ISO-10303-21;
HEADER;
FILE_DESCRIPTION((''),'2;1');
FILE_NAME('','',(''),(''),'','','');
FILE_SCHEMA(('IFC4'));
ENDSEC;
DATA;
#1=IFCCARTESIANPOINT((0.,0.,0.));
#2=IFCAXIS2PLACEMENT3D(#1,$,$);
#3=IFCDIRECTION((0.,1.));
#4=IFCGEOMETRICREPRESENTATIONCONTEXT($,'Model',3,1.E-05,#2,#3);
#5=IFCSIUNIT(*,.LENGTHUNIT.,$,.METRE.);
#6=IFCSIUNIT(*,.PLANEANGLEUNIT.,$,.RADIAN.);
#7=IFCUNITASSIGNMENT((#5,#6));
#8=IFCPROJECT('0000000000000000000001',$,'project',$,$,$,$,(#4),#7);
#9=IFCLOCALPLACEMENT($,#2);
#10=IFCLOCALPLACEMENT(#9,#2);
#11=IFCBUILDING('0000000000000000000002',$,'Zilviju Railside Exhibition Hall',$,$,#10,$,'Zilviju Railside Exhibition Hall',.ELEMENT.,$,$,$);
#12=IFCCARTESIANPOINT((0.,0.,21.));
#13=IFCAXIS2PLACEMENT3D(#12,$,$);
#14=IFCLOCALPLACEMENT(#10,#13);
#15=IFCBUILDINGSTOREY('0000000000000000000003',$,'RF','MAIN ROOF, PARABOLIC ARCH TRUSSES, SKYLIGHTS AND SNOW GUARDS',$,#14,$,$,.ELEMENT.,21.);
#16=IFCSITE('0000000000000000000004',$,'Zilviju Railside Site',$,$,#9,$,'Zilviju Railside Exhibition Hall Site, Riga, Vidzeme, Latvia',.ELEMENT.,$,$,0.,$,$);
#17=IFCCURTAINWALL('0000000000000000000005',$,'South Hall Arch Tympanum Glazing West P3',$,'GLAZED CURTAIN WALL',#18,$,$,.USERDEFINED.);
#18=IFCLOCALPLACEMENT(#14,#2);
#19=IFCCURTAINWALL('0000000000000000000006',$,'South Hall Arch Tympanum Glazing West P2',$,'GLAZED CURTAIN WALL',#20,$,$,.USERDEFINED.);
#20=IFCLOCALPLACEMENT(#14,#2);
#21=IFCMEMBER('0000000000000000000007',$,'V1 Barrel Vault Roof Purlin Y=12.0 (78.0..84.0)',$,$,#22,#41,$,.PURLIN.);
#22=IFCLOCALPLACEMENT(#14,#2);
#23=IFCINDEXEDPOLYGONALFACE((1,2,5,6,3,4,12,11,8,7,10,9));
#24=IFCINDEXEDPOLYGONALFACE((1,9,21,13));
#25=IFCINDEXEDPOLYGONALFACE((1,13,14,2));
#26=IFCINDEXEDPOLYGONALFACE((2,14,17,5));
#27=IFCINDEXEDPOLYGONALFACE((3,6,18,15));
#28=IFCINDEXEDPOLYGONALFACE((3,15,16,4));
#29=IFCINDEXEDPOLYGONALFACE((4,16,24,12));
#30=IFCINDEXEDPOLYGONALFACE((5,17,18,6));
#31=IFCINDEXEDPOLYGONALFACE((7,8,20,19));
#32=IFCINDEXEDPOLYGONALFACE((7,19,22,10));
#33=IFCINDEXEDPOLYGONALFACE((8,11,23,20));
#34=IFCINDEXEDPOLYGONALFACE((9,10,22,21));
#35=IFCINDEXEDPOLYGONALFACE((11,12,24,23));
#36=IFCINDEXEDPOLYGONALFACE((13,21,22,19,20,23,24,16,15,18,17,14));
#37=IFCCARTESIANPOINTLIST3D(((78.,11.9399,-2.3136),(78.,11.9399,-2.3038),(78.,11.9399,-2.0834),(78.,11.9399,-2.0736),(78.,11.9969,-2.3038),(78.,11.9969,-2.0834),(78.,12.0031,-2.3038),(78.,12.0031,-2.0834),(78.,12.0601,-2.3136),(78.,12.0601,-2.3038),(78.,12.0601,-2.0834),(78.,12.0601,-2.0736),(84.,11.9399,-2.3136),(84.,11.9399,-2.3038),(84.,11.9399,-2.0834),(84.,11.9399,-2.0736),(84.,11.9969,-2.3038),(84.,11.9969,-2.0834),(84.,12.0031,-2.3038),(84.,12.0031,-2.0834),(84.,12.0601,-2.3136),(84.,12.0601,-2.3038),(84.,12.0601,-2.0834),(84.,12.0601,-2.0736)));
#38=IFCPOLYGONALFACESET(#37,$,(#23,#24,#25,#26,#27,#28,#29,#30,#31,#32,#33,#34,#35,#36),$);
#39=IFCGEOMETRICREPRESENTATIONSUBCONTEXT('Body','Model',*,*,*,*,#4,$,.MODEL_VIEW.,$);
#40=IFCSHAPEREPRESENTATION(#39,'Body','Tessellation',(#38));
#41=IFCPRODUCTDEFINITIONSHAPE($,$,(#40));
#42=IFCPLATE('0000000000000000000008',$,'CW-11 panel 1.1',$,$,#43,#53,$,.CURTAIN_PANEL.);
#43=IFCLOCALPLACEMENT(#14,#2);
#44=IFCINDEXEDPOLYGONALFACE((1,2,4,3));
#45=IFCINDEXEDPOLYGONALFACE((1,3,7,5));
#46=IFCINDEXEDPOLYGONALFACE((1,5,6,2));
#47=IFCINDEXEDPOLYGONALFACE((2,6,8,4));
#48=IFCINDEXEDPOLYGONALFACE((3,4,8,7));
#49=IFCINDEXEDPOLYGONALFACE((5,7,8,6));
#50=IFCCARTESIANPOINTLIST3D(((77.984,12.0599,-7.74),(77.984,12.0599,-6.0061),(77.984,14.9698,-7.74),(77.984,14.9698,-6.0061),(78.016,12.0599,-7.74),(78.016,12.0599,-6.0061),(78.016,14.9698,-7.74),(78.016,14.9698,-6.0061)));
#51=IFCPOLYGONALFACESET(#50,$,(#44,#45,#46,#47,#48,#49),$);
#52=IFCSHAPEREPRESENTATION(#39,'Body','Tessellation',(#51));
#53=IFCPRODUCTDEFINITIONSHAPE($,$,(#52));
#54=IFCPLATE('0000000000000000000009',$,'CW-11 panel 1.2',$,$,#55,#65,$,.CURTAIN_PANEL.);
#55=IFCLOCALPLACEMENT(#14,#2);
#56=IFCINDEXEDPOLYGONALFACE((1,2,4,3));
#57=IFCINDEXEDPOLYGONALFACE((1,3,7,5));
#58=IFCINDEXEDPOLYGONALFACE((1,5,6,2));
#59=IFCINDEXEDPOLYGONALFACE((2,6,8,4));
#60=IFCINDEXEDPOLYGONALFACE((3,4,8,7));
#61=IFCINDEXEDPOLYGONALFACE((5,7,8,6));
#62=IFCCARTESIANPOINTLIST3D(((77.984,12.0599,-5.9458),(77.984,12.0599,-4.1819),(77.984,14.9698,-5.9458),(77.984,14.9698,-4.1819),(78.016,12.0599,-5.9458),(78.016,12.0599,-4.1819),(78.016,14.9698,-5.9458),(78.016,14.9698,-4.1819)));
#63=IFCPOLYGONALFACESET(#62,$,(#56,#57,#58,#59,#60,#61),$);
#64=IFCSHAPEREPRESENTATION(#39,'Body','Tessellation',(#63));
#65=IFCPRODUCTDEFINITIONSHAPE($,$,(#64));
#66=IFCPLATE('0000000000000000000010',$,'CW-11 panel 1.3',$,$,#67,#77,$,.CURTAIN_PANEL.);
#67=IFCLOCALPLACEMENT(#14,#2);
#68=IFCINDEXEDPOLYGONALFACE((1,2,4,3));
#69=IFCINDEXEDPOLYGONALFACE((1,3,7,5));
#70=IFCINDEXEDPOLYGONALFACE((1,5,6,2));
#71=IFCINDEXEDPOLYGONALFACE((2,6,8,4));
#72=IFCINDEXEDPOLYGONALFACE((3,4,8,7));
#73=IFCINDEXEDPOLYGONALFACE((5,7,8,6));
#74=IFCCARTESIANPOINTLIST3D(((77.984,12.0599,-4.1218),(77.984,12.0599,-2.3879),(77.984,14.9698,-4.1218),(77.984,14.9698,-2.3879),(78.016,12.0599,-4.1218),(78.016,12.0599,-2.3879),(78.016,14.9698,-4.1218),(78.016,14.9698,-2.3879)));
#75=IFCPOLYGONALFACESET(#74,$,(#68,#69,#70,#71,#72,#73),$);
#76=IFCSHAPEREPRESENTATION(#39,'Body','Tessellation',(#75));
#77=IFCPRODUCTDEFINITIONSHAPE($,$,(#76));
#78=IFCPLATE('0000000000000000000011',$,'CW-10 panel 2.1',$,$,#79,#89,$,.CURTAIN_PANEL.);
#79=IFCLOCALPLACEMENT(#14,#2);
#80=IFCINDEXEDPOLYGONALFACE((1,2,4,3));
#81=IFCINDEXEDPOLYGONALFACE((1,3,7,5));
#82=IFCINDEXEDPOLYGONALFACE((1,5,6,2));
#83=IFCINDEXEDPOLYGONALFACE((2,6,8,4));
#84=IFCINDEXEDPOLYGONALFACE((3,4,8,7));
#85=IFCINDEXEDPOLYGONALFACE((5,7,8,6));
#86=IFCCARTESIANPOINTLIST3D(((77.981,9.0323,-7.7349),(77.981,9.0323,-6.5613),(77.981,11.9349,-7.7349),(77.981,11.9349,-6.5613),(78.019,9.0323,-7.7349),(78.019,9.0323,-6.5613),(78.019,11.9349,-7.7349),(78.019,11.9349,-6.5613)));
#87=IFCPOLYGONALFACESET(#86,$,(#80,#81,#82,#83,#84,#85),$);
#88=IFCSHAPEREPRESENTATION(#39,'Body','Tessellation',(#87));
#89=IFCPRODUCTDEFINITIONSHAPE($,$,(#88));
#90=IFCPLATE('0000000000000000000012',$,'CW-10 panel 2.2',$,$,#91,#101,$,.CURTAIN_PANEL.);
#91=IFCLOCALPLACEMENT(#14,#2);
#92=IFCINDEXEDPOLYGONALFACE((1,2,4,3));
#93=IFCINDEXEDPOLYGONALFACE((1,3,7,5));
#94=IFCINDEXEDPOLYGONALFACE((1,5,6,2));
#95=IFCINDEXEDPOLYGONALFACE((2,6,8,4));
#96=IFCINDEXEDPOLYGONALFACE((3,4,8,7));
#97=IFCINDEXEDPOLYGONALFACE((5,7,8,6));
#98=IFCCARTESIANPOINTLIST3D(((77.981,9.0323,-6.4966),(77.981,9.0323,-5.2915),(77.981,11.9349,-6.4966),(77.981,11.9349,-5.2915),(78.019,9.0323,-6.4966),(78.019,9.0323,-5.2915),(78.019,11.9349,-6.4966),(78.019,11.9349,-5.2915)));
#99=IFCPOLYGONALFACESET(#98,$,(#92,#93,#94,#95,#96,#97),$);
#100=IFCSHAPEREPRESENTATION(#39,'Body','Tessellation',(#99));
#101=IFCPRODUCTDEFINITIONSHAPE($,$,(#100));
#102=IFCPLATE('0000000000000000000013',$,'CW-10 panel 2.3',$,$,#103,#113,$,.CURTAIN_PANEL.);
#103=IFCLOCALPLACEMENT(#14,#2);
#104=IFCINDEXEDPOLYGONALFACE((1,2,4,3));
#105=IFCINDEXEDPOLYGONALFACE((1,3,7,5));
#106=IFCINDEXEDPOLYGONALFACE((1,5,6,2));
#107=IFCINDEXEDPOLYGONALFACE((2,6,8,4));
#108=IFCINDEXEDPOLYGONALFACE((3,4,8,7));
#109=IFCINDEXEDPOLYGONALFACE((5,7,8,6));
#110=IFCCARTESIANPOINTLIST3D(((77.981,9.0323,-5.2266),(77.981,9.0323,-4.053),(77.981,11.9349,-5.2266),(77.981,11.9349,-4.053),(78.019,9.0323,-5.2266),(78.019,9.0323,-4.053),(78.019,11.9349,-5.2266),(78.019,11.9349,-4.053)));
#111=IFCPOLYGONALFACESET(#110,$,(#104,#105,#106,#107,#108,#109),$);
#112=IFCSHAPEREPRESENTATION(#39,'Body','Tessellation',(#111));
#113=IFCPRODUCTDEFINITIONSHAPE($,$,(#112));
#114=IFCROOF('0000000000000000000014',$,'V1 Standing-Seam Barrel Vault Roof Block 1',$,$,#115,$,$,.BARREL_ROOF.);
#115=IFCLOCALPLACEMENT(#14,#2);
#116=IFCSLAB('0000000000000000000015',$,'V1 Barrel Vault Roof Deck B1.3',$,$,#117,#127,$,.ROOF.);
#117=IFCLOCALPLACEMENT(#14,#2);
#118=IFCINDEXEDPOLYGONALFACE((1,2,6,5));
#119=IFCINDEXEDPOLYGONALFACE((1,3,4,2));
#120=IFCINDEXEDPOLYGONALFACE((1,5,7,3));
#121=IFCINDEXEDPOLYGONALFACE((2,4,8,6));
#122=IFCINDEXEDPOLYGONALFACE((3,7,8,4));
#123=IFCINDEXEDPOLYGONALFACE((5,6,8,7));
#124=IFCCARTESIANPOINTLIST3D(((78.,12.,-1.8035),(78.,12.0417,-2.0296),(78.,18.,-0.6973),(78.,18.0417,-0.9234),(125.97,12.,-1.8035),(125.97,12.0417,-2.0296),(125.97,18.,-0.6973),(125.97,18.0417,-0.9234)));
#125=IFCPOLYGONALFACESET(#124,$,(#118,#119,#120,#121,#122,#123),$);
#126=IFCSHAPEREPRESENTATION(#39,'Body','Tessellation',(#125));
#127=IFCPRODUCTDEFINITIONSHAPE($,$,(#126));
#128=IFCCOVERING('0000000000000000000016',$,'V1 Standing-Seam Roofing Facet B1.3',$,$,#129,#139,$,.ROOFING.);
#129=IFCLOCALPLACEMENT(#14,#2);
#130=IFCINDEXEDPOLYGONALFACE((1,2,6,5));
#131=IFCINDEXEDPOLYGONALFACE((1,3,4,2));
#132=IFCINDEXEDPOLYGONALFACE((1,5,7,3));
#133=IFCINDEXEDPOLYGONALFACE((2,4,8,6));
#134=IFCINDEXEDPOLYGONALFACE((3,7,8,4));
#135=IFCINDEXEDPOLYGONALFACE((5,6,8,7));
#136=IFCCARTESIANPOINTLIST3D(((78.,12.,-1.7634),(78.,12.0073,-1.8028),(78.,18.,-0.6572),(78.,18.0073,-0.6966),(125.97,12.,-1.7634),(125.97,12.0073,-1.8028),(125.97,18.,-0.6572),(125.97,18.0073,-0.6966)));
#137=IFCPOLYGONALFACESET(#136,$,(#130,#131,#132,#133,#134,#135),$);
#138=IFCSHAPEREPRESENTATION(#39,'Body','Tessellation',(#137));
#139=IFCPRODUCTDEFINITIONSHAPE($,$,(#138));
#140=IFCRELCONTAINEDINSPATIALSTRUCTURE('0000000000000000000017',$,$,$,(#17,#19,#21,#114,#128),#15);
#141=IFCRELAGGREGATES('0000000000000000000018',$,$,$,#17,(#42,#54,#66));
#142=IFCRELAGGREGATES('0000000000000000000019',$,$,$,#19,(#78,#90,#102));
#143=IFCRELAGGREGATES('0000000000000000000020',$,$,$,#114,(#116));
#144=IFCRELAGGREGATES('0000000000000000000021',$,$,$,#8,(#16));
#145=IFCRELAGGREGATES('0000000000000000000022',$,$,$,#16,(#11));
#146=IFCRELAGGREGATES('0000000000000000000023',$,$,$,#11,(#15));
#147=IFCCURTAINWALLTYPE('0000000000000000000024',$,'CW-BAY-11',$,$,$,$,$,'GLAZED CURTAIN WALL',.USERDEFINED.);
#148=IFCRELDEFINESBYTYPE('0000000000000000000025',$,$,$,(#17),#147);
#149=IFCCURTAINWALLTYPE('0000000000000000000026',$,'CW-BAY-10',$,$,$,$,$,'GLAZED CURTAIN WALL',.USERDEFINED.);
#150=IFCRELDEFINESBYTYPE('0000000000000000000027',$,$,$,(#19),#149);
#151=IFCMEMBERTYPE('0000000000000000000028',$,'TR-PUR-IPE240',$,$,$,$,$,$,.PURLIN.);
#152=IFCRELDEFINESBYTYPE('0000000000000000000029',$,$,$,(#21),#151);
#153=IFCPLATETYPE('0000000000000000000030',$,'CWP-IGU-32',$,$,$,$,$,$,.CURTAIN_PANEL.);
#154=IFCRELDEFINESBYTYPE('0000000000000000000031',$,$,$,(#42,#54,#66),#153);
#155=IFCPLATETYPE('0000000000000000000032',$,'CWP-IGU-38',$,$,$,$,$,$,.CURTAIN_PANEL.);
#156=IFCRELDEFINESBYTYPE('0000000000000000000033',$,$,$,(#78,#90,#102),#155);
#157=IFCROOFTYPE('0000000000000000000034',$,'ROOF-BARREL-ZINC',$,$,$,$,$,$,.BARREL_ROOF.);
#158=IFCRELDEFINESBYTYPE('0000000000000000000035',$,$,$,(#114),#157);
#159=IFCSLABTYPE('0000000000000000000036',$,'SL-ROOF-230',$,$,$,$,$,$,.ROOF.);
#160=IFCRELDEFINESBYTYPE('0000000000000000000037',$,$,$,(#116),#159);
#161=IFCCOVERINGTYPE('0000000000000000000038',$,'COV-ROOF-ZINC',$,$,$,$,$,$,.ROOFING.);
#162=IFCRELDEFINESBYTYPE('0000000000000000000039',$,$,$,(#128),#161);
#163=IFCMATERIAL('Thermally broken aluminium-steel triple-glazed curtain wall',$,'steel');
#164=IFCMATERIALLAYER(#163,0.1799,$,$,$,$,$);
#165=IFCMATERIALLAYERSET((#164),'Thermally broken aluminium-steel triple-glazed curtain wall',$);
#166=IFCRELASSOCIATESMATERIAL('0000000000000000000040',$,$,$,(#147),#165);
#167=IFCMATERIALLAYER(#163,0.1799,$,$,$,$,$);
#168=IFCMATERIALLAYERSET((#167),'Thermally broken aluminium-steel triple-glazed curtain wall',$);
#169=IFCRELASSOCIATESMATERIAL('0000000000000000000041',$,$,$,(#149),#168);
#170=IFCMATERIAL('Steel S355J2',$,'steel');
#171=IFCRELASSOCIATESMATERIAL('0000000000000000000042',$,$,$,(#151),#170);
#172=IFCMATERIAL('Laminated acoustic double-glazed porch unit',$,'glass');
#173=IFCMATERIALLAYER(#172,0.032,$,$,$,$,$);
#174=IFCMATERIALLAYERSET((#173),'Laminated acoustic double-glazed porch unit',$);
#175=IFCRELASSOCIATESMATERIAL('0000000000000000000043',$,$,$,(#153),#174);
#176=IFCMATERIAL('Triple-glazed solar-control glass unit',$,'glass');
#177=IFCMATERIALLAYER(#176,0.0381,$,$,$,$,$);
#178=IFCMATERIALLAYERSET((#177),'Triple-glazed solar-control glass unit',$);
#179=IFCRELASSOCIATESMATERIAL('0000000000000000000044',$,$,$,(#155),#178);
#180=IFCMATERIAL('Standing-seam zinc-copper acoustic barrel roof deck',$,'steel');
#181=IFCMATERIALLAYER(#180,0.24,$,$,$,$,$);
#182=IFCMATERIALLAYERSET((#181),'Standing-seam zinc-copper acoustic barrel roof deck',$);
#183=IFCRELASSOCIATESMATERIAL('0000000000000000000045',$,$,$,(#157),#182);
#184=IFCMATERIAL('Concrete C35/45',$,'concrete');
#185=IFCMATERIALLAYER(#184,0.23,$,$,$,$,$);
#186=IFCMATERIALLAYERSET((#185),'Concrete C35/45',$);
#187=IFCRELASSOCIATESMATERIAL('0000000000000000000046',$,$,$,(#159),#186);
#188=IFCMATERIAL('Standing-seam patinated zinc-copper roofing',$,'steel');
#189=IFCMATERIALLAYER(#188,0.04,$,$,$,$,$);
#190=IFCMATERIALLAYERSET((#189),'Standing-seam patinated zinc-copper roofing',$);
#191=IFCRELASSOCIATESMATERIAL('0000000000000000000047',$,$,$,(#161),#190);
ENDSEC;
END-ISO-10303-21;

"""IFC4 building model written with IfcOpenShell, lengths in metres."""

from ifc_helpers import new_model, si_unit, direction, frame, origin, origin_2d, place, context, subcontext, project, spatial, polyline, rectangle, i_section, outline, extrude, material, layer, layer_set, material_profile, profile_set, type_object, element, aggregate, save


model = new_model("IFC4")

# Units and contexts
model_context = context("Model", 3, precision=1e-05, world=origin(), true_north=direction((0.0, 1.0)))
body_context = subcontext(model_context, "Body", "Model", "MODEL_VIEW")
ifc_project = project(units=[si_unit("LENGTHUNIT", "METRE"), si_unit("PLANEANGLEUNIT", "RADIAN")], contexts=[model_context])

# Site, building, storey
site_placement = place(None, origin())
site = spatial("IfcSite", under=ifc_project, at=site_placement, Name="Zilviju Railside Site", LongName="Zilviju Railside Exhibition Hall Site, Riga, Vidzeme, Latvia", CompositionType="ELEMENT", RefElevation=0.0)
building_placement = place(site_placement, origin())
building = spatial("IfcBuilding", under=site, at=building_placement, Name="Zilviju Railside Exhibition Hall", LongName="Zilviju Railside Exhibition Hall", CompositionType="ELEMENT")
storey_placement = place(building_placement, frame((0.0, 0.0, 21.0)))
storey = spatial("IfcBuildingStorey", under=building, at=storey_placement, Name="RF", Description="MAIN ROOF, PARABOLIC ARCH TRUSSES, SKYLIGHTS AND SNOW GUARDS", CompositionType="ELEMENT", Elevation=21.0)

# Curtain wall
ifc_material_1 = material(Name="Thermally broken aluminium-steel triple-glazed curtain wall", Category="steel")
ifc_layer_1 = layer(ifc_material_1, 0.1799)
ifc_layer_set_1 = layer_set([ifc_layer_1], Name="Thermally broken aluminium-steel triple-glazed curtain wall")
curtain_wall_type_1 = type_object("IfcCurtainWallType", Name="CW-BAY-11", ElementType="GLAZED CURTAIN WALL", PredefinedType="USERDEFINED", material=ifc_layer_set_1)
curtain_wall_1_placement = place(storey_placement, origin())
curtain_wall_1 = element("IfcCurtainWall", 1, at=curtain_wall_1_placement, inside=storey, type_object=curtain_wall_type_1, Name="South Hall Arch Tympanum Glazing West P3", ObjectType="GLAZED CURTAIN WALL", PredefinedType="USERDEFINED")

# Curtain wall
ifc_layer_2 = layer(ifc_material_1, 0.1799)
ifc_layer_set_2 = layer_set([ifc_layer_2], Name="Thermally broken aluminium-steel triple-glazed curtain wall")
curtain_wall_type_2 = type_object("IfcCurtainWallType", Name="CW-BAY-10", ElementType="GLAZED CURTAIN WALL", PredefinedType="USERDEFINED", material=ifc_layer_set_2)
curtain_wall_2_placement = place(storey_placement, origin())
curtain_wall_2 = element("IfcCurtainWall", 2, at=curtain_wall_2_placement, inside=storey, type_object=curtain_wall_type_2, Name="South Hall Arch Tympanum Glazing West P2", ObjectType="GLAZED CURTAIN WALL", PredefinedType="USERDEFINED")

# Member
ifc_material_2 = material(Name="Steel S355J2", Category="steel")
ifc_material_profile_1 = material_profile(ifc_material_2, i_section(OverallWidth=0.1201, OverallDepth=0.24, WebThickness=0.0061, FlangeThickness=0.0098, at=origin_2d()), Name="IPE 240")
ifc_profile_set_1 = profile_set([ifc_material_profile_1], Name="Steel S355J2")
member_type_1 = type_object("IfcMemberType", Name="TR-PUR-IPE240", PredefinedType="PURLIN", material=ifc_profile_set_1)
member_1_placement = place(storey_placement, frame((78.0, 12.0, -2.1936), z_axis=(1.0, 0.0, 0.0), x_axis=(0.0, 1.0, 0.0)))
element("IfcMember", 3, at=member_1_placement, inside=storey, type_object=member_type_1, Name="V1 Barrel Vault Roof Purlin Y=12.0 (78.0..84.0)", PredefinedType="PURLIN", context=body_context, shape_type="SweptSolid", body=[
    extrude(i_section(OverallWidth=0.1201, OverallDepth=0.24, WebThickness=0.0061, FlangeThickness=0.0098, at=origin_2d()), origin(), (0.0, 0.0, 1.0), 6.0),
])

# Plates
ifc_material_3 = material(Name="Laminated acoustic double-glazed porch unit", Category="glass")
ifc_layer_3 = layer(ifc_material_3, 0.032)
ifc_layer_set_3 = layer_set([ifc_layer_3], Name="Laminated acoustic double-glazed porch unit")
plate_type_1 = type_object("IfcPlateType", Name="CWP-IGU-32", PredefinedType="CURTAIN_PANEL", material=ifc_layer_set_3)
plate_1_placement = place(storey_placement, frame((78.0, 13.5149, -7.74), z_axis=(0.0, 0.0, 1.0), x_axis=(0.0, 1.0, 0.0)))
plate_1 = element("IfcPlate", 4, at=plate_1_placement, type_object=plate_type_1, Name="CW-11 panel 1.1", PredefinedType="CURTAIN_PANEL", context=body_context, shape_type="SweptSolid", body=[
    extrude(rectangle(XDim=2.9099, YDim=0.032, at=origin_2d()), origin(), (0.0, 0.0, 1.0), 1.7339),
])
plate_2_placement = place(storey_placement, frame((78.0, 13.5149, -5.9458), z_axis=(0.0, 0.0, 1.0), x_axis=(0.0, 1.0, 0.0)))
plate_2 = element("IfcPlate", 5, at=plate_2_placement, type_object=plate_type_1, Name="CW-11 panel 1.2", PredefinedType="CURTAIN_PANEL", context=body_context, shape_type="SweptSolid", body=[
    extrude(rectangle(XDim=2.9099, YDim=0.032, at=origin_2d()), origin(), (0.0, 0.0, 1.0), 1.7639),
])
plate_3_placement = place(storey_placement, frame((78.0, 13.5149, -4.1218), z_axis=(0.0, 0.0, 1.0), x_axis=(0.0, 1.0, 0.0)))
plate_3 = element("IfcPlate", 6, at=plate_3_placement, type_object=plate_type_1, Name="CW-11 panel 1.3", PredefinedType="CURTAIN_PANEL", context=body_context, shape_type="SweptSolid", body=[
    extrude(rectangle(XDim=2.9099, YDim=0.032, at=origin_2d()), origin(), (0.0, 0.0, 1.0), 1.7339),
])
aggregate(curtain_wall_1, [plate_1, plate_2, plate_3])
ifc_material_4 = material(Name="Triple-glazed solar-control glass unit", Category="glass")
ifc_layer_4 = layer(ifc_material_4, 0.0381)
ifc_layer_set_4 = layer_set([ifc_layer_4], Name="Triple-glazed solar-control glass unit")
plate_type_2 = type_object("IfcPlateType", Name="CWP-IGU-38", PredefinedType="CURTAIN_PANEL", material=ifc_layer_set_4)
plate_4_placement = place(storey_placement, frame((78.0, 10.4836, -7.7349), z_axis=(0.0, 0.0, 1.0), x_axis=(0.0, 1.0, 0.0)))
plate_4 = element("IfcPlate", 7, at=plate_4_placement, type_object=plate_type_2, Name="CW-10 panel 2.1", PredefinedType="CURTAIN_PANEL", context=body_context, shape_type="SweptSolid", body=[
    extrude(rectangle(XDim=2.9026, YDim=0.0381, at=origin_2d()), origin(), (0.0, 0.0, 1.0), 1.1736),
])
plate_5_placement = place(storey_placement, frame((78.0, 10.4836, -6.4966), z_axis=(0.0, 0.0, 1.0), x_axis=(0.0, 1.0, 0.0)))
plate_5 = element("IfcPlate", 8, at=plate_5_placement, type_object=plate_type_2, Name="CW-10 panel 2.2", PredefinedType="CURTAIN_PANEL", context=body_context, shape_type="SweptSolid", body=[
    extrude(rectangle(XDim=2.9026, YDim=0.0381, at=origin_2d()), origin(), (0.0, 0.0, 1.0), 1.2051),
])
plate_6_placement = place(storey_placement, frame((78.0, 10.4836, -5.2266), z_axis=(0.0, 0.0, 1.0), x_axis=(0.0, 1.0, 0.0)))
plate_6 = element("IfcPlate", 9, at=plate_6_placement, type_object=plate_type_2, Name="CW-10 panel 2.3", PredefinedType="CURTAIN_PANEL", context=body_context, shape_type="SweptSolid", body=[
    extrude(rectangle(XDim=2.9026, YDim=0.0381, at=origin_2d()), origin(), (0.0, 0.0, 1.0), 1.1736),
])
aggregate(curtain_wall_2, [plate_4, plate_5, plate_6])

# Roof, slab
ifc_material_5 = material(Name="Standing-seam zinc-copper acoustic barrel roof deck", Category="steel")
ifc_layer_5 = layer(ifc_material_5, 0.24)
ifc_layer_set_5 = layer_set([ifc_layer_5], Name="Standing-seam zinc-copper acoustic barrel roof deck")
roof_type = type_object("IfcRoofType", Name="ROOF-BARREL-ZINC", PredefinedType="BARREL_ROOF", material=ifc_layer_set_5)
roof_placement = place(storey_placement, origin())
roof = element("IfcRoof", 10, at=roof_placement, inside=storey, type_object=roof_type, Name="V1 Standing-Seam Barrel Vault Roof Block 1", PredefinedType="BARREL_ROOF")
ifc_material_6 = material(Name="Concrete C35/45", Category="concrete")
ifc_layer_6 = layer(ifc_material_6, 0.23)
ifc_layer_set_6 = layer_set([ifc_layer_6], Name="Concrete C35/45")
slab_type = type_object("IfcSlabType", Name="SL-ROOF-230", PredefinedType="ROOF", material=ifc_layer_set_6)
slab_placement = place(storey_placement, frame((78.0, 12.0, -1.8035), z_axis=(0.0, -0.181311, 0.983426), x_axis=(1.0, 0.0, 0.0)))
slab = element("IfcSlab", 11, at=slab_placement, type_object=slab_type, Name="V1 Barrel Vault Roof Deck B1.3", PredefinedType="ROOF", context=body_context, shape_type="SweptSolid", body=[
    extrude(outline(polyline([(0.0, 0.0), (47.97, 0.0), (47.97, 6.1011), (0.0, 6.1011), (0.0, 0.0)])), origin(), (0.0, 0.0, -1.0), 0.23),
])
aggregate(roof, [slab])

# Covering
ifc_material_7 = material(Name="Standing-seam patinated zinc-copper roofing", Category="steel")
ifc_layer_7 = layer(ifc_material_7, 0.04)
ifc_layer_set_7 = layer_set([ifc_layer_7], Name="Standing-seam patinated zinc-copper roofing")
covering_type = type_object("IfcCoveringType", Name="COV-ROOF-ZINC", PredefinedType="ROOFING", material=ifc_layer_set_7)
covering_placement = place(storey_placement, frame((78.0, 12.0, -1.7634), z_axis=(0.0, -0.181311, 0.983426), x_axis=(1.0, 0.0, 0.0)))
element("IfcCovering", 12, at=covering_placement, inside=storey, type_object=covering_type, Name="V1 Standing-Seam Roofing Facet B1.3", PredefinedType="ROOFING", context=body_context, shape_type="SweptSolid", body=[
    extrude(outline(polyline([(0.0, 0.0), (47.97, 0.0), (47.97, 6.1011), (0.0, 6.1011), (0.0, 0.0)])), origin(), (0.0, 0.0, -1.0), 0.04),
])

save(model, "model.ifc")
